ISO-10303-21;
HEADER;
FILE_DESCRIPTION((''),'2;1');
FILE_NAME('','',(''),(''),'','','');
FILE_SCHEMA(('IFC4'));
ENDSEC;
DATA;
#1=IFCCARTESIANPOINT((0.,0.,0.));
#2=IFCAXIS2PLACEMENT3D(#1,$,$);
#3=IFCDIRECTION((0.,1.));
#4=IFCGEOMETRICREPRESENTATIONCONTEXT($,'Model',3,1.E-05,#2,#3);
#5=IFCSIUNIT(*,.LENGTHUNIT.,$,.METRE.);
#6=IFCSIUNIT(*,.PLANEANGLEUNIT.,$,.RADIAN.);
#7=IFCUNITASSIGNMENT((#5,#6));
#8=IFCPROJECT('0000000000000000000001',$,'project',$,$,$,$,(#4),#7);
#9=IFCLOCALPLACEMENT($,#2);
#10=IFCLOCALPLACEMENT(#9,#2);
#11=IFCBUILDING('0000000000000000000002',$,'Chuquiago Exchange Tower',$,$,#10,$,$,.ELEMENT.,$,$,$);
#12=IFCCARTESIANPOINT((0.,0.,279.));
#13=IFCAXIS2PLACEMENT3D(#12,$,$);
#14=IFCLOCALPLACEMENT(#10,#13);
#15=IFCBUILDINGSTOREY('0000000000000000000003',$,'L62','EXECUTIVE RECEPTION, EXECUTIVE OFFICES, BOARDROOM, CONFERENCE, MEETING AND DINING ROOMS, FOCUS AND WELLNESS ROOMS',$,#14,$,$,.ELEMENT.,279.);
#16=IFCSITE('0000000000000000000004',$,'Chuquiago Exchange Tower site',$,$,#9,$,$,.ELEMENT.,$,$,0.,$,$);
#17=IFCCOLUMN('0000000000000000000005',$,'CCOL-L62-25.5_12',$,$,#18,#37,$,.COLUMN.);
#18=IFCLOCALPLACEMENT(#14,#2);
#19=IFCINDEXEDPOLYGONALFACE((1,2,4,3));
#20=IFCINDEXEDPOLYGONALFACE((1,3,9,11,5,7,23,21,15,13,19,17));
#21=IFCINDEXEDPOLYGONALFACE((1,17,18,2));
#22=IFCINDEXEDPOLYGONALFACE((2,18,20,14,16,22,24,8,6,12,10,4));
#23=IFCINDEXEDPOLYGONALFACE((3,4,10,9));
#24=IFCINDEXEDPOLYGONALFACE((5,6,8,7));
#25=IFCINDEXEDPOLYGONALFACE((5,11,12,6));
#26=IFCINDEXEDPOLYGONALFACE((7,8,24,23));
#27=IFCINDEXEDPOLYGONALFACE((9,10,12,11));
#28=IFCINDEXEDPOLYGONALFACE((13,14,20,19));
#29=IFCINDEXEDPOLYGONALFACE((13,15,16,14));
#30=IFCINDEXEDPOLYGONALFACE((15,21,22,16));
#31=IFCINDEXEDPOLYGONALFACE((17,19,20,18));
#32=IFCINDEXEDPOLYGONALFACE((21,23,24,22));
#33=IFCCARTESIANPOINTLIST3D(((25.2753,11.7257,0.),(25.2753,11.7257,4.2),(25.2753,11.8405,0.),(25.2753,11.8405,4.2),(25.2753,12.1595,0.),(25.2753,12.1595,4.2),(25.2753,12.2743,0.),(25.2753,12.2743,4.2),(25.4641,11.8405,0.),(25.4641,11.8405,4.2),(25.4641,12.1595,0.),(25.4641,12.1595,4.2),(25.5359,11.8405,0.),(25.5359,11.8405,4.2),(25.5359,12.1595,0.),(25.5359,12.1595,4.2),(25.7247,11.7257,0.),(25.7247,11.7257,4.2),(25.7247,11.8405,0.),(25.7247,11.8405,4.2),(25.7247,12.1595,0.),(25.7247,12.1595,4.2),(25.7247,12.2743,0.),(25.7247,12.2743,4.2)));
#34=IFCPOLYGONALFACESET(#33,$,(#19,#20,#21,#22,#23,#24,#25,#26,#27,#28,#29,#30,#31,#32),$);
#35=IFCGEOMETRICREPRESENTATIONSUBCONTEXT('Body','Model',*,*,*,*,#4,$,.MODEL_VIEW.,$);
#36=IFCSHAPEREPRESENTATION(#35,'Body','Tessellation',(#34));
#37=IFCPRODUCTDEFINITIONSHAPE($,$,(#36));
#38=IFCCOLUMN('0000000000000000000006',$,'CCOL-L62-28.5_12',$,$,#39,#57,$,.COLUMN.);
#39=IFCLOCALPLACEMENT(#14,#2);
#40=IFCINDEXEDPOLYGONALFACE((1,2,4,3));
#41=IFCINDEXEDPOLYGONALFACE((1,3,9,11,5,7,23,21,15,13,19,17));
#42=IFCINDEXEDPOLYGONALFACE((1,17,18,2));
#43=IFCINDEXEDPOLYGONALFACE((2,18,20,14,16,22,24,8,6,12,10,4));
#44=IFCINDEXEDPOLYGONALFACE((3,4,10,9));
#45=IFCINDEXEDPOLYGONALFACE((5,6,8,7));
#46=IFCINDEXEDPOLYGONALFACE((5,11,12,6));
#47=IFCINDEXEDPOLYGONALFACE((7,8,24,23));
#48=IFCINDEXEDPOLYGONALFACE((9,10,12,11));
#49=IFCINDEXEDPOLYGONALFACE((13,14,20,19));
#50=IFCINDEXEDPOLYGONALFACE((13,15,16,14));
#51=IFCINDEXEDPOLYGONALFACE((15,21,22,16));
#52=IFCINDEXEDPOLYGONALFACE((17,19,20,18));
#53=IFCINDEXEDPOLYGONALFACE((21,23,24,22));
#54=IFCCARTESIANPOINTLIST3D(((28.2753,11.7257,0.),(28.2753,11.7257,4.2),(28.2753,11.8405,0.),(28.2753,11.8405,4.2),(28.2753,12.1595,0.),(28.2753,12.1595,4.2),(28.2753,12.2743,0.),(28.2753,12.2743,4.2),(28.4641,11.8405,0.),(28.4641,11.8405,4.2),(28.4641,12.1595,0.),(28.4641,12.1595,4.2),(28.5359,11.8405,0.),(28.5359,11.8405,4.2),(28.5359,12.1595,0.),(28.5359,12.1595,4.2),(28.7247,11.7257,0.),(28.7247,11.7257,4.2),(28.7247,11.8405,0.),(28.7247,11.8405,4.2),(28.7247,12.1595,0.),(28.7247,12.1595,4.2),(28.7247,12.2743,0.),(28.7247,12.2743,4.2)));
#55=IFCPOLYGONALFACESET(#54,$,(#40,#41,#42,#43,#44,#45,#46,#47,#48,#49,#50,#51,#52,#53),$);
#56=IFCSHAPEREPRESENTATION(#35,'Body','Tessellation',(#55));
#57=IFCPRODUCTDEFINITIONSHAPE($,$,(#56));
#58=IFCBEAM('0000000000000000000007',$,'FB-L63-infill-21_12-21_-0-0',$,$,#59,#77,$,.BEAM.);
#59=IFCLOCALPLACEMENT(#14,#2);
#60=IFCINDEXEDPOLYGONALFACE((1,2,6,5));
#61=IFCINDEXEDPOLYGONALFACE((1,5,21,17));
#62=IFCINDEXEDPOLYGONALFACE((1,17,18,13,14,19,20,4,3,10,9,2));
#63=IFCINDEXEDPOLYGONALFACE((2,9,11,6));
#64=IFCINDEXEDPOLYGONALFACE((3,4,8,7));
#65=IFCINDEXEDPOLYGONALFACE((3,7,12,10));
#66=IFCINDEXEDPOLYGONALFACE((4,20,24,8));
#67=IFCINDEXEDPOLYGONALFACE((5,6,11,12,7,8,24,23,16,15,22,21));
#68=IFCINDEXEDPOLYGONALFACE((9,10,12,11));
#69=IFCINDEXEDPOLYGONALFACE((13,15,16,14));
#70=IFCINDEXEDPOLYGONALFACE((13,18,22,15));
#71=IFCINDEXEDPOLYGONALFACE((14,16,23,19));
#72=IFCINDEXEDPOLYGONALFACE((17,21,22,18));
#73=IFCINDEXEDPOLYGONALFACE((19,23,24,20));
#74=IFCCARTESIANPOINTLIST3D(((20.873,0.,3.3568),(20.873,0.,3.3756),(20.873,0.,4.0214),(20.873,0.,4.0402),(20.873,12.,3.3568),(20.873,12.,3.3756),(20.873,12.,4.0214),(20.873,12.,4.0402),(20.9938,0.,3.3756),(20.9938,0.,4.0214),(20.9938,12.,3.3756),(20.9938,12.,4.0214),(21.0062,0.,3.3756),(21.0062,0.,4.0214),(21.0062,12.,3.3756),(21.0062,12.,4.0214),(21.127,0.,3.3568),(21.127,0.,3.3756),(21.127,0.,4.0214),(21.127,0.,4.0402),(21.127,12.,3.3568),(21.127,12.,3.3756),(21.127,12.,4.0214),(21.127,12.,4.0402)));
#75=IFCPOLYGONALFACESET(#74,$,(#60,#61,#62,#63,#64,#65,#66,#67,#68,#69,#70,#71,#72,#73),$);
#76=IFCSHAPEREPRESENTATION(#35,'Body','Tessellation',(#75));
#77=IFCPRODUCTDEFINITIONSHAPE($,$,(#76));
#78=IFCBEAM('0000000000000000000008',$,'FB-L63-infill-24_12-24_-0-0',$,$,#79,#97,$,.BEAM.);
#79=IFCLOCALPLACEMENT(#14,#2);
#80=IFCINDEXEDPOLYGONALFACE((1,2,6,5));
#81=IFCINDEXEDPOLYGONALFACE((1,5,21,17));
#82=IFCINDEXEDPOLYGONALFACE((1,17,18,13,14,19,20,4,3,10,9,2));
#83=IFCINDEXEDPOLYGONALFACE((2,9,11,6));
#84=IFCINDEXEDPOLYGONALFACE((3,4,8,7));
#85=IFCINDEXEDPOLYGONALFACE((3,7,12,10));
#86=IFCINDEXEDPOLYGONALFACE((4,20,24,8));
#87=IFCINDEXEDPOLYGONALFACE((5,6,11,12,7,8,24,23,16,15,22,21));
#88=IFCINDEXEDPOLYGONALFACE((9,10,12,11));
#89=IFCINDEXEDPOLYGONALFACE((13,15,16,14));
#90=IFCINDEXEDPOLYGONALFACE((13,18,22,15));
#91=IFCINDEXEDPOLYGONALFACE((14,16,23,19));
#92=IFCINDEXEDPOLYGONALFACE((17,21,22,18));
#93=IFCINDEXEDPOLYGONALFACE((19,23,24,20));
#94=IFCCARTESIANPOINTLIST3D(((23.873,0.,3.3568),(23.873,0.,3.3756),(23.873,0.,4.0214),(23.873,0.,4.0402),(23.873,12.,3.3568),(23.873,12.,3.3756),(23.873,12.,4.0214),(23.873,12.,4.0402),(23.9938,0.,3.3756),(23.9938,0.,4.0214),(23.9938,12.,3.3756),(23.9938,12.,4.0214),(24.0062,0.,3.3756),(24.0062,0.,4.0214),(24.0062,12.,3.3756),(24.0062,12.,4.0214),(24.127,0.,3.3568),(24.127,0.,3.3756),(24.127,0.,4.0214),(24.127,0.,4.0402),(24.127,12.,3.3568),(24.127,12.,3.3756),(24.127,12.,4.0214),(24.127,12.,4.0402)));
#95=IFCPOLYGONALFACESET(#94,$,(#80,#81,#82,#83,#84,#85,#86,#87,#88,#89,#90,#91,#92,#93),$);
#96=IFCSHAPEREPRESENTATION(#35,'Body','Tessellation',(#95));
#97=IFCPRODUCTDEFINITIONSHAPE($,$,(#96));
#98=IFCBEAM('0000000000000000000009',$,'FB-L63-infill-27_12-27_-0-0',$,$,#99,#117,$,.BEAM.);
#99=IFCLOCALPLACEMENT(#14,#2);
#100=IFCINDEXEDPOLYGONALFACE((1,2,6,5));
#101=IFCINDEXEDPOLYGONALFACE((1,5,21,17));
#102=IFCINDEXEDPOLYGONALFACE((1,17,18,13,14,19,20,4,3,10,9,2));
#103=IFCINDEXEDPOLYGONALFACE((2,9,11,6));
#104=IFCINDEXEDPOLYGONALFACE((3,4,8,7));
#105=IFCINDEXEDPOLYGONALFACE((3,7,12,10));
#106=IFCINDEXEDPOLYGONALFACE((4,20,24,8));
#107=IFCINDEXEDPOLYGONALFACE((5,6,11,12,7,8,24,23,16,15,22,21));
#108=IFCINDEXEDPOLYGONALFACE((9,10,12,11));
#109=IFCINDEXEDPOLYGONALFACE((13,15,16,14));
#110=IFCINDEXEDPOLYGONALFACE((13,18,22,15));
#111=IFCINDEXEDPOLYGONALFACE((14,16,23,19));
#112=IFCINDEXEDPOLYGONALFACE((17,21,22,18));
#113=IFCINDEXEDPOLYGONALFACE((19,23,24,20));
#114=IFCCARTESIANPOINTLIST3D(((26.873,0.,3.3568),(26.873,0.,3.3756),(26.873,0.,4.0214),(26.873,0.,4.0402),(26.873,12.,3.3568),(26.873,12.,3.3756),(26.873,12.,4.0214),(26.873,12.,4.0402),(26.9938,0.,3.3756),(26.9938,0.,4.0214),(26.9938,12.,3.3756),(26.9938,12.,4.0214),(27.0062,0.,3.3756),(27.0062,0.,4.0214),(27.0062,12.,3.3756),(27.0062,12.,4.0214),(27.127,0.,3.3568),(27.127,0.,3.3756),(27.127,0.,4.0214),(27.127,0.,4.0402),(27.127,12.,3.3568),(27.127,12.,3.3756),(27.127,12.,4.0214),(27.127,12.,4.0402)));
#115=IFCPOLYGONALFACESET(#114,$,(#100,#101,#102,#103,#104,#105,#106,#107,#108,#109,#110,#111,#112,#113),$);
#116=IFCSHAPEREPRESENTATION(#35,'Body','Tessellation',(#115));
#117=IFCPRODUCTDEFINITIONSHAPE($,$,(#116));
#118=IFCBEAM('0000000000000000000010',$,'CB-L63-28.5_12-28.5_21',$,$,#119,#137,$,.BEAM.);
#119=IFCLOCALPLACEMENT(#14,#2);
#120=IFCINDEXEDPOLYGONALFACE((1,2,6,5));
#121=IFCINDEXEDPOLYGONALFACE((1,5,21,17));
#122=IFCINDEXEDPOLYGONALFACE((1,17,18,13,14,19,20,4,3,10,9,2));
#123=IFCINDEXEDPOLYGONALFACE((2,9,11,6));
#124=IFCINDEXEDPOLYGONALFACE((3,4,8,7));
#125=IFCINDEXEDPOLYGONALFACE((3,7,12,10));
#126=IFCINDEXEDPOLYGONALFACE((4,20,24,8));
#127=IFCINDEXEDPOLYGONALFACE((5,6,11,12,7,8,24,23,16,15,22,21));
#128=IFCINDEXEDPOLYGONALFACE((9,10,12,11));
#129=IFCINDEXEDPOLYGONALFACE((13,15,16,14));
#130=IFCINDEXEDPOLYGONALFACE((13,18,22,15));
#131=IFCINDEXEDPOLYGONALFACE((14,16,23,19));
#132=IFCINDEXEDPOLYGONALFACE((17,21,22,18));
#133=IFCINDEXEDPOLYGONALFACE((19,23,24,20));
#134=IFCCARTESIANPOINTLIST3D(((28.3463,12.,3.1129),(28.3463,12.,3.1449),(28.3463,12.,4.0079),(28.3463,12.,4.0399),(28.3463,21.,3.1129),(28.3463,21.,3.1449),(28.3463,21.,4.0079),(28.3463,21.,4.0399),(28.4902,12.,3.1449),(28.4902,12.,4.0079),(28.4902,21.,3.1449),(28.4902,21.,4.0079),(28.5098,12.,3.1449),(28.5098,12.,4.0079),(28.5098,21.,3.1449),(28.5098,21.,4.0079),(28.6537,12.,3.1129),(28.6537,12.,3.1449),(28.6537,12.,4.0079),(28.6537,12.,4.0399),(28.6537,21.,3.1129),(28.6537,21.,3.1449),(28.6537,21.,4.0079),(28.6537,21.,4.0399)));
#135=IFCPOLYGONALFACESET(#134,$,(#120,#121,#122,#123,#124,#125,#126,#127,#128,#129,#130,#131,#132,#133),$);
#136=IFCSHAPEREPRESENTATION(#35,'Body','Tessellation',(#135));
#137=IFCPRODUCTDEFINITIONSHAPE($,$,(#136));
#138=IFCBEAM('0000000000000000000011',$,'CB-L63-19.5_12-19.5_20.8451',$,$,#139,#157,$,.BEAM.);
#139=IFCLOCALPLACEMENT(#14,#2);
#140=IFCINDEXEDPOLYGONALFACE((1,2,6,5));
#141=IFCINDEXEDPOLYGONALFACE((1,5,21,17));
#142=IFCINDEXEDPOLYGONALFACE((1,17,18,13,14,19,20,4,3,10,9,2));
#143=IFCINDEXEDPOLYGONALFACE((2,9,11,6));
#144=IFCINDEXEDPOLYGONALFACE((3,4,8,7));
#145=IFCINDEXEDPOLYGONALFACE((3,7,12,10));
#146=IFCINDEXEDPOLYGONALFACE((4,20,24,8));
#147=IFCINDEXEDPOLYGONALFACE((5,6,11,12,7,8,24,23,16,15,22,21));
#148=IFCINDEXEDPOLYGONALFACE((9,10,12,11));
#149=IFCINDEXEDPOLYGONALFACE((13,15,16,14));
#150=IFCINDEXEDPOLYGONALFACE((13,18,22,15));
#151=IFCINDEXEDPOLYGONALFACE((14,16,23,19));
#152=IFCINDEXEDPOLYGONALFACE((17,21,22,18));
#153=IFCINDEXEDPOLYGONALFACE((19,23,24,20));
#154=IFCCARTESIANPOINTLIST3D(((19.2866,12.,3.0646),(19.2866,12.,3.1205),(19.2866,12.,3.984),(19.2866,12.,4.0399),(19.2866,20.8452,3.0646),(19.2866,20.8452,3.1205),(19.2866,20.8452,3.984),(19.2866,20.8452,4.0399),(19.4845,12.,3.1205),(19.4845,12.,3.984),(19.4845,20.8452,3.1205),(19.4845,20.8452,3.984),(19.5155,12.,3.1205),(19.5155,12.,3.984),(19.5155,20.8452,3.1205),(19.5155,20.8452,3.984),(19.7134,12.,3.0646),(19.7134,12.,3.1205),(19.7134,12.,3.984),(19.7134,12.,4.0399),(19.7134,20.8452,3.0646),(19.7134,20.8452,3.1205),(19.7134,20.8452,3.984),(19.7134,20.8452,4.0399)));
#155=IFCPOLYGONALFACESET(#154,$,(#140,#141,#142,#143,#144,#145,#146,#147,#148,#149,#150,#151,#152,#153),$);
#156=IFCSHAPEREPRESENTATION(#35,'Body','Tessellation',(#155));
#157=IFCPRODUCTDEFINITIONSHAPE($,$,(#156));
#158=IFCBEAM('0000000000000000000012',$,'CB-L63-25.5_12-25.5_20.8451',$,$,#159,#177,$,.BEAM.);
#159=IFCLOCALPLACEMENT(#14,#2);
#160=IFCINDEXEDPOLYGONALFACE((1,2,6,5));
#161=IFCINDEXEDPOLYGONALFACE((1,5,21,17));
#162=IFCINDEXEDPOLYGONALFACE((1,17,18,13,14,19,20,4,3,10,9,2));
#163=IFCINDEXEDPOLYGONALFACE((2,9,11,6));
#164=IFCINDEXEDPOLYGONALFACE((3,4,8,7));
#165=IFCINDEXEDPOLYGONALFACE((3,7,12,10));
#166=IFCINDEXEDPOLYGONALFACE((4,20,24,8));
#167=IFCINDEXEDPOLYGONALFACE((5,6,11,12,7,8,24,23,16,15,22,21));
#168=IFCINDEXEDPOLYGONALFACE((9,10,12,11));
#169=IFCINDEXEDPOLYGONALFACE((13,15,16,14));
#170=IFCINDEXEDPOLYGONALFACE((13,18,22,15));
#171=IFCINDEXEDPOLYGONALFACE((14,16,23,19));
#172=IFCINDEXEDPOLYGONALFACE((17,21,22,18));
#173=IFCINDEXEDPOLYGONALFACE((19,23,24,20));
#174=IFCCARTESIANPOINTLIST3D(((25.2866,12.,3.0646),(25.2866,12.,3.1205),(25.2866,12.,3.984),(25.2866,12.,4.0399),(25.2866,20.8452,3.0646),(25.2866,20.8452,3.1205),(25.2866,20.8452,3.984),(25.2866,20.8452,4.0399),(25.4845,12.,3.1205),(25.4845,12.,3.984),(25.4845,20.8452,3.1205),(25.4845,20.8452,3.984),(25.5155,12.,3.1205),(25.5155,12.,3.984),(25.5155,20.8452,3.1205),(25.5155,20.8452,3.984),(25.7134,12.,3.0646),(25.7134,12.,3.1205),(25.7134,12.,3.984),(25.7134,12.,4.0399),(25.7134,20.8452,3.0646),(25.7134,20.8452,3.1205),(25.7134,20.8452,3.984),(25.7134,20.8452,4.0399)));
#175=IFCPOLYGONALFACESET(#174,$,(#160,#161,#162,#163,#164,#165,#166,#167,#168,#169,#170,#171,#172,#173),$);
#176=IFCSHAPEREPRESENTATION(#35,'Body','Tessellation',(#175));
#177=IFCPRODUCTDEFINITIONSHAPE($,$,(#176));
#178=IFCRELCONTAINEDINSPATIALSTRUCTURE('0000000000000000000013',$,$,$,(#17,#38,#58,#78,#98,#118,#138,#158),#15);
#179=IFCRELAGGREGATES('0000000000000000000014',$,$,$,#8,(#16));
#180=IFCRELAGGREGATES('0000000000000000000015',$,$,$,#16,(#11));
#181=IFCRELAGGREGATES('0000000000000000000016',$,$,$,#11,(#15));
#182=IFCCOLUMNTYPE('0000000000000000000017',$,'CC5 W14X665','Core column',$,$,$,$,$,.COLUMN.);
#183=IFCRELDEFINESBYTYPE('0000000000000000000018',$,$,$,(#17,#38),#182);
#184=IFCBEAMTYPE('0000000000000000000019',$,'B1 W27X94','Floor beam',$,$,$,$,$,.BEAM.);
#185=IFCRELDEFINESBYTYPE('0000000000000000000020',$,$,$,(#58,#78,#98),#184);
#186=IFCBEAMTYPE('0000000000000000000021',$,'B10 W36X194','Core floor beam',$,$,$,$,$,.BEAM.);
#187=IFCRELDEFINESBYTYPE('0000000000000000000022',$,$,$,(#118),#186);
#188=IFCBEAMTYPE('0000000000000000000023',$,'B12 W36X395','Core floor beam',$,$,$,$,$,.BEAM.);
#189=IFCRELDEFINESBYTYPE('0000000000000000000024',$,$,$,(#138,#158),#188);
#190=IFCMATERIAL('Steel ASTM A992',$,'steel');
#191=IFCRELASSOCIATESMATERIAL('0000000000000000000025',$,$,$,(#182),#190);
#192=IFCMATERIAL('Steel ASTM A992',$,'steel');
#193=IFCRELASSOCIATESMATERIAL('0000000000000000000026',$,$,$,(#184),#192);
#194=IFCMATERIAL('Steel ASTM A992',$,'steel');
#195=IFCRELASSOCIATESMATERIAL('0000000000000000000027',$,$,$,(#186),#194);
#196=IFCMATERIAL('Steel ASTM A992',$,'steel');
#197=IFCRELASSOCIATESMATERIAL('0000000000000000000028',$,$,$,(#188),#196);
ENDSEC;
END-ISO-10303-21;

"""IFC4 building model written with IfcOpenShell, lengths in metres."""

from ifc_helpers import new_model, si_unit, direction, frame, origin, origin_2d, place, context, subcontext, project, spatial, i_section, extrude, material, material_profile, profile_set, type_object, element, save


model = new_model("IFC4")

# Units and contexts
model_context = context("Model", 3, precision=1e-05, world=origin(), true_north=direction((0.0, 1.0)))
body_context = subcontext(model_context, "Body", "Model", "MODEL_VIEW")
ifc_project = project(units=[si_unit("LENGTHUNIT", "METRE"), si_unit("PLANEANGLEUNIT", "RADIAN")], contexts=[model_context])

# Site, building, storey
site_placement = place(None, origin())
site = spatial("IfcSite", under=ifc_project, at=site_placement, Name="Chuquiago Exchange Tower site", CompositionType="ELEMENT", RefElevation=0.0)
building_placement = place(site_placement, origin())
building = spatial("IfcBuilding", under=site, at=building_placement, Name="Chuquiago Exchange Tower", CompositionType="ELEMENT")
storey_placement = place(building_placement, frame((0.0, 0.0, 279.0)))
storey = spatial("IfcBuildingStorey", under=building, at=storey_placement, Name="L62", Description="EXECUTIVE RECEPTION, EXECUTIVE OFFICES, BOARDROOM, CONFERENCE, MEETING AND DINING ROOMS, FOCUS AND WELLNESS ROOMS", CompositionType="ELEMENT", Elevation=279.0)

# Columns
ifc_material_1 = material(Name="Steel ASTM A992", Category="steel")
ifc_material_profile_1 = material_profile(ifc_material_1, i_section(OverallWidth=0.4495, OverallDepth=0.5486, WebThickness=0.0718, FlangeThickness=0.1147, at=origin_2d()), Name="W14X665")
ifc_profile_set_1 = profile_set([ifc_material_profile_1], Name="Steel ASTM A992")
column_type = type_object("IfcColumnType", Name="CC5 W14X665", Description="Core column", PredefinedType="COLUMN", material=ifc_profile_set_1)
for number, where, z_axis, x_axis, name in (
    (1, (25.5, 12.0, 0.0), (0.0, 0.0, 1.0), (1.0, 0.0, 0.0), "CCOL-L62-25.5_12"),
    (2, (28.5, 12.0, 0.0), (0.0, 0.0, 1.0), (1.0, 0.0, 0.0), "CCOL-L62-28.5_12"),
):
    element("IfcColumn", number, at=place(storey_placement, frame(where, z_axis=z_axis, x_axis=x_axis)), inside=storey, type_object=column_type, Name=name, PredefinedType="COLUMN", context=body_context, shape_type="SweptSolid", body=[
        extrude(i_section(OverallWidth=0.4495, OverallDepth=0.5486, WebThickness=0.0718, FlangeThickness=0.1147, at=origin_2d()), origin(), (0.0, 0.0, 1.0), 4.2),
    ])

# Beams
ifc_material_2 = material(Name="Steel ASTM A992", Category="steel")
ifc_material_profile_2 = material_profile(ifc_material_2, i_section(OverallWidth=0.2539, OverallDepth=0.6833, WebThickness=0.0125, FlangeThickness=0.0188, at=origin_2d()), Name="W27X94")
ifc_profile_set_2 = profile_set([ifc_material_profile_2], Name="Steel ASTM A992")
beam_type_1 = type_object("IfcBeamType", Name="B1 W27X94", Description="Floor beam", PredefinedType="BEAM", material=ifc_profile_set_2)
for number, where, z_axis, x_axis, name in (
    (3, (21.0, 12.0, 3.6985), (0.0, -1.0, 0.0), (1.0, 0.0, 0.0), "FB-L63-infill-21_12-21_-0-0"),
    (4, (24.0, 12.0, 3.6985), (0.0, -1.0, 0.0), (1.0, 0.0, 0.0), "FB-L63-infill-24_12-24_-0-0"),
    (5, (27.0, 12.0, 3.6985), (0.0, -1.0, 0.0), (1.0, 0.0, 0.0), "FB-L63-infill-27_12-27_-0-0"),
):
    element("IfcBeam", number, at=place(storey_placement, frame(where, z_axis=z_axis, x_axis=x_axis)), inside=storey, type_object=beam_type_1, Name=name, PredefinedType="BEAM", context=body_context, shape_type="SweptSolid", body=[
        extrude(i_section(OverallWidth=0.2539, OverallDepth=0.6833, WebThickness=0.0125, FlangeThickness=0.0188, at=origin_2d()), origin(), (0.0, 0.0, 1.0), 12.0),
    ])
ifc_material_3 = material(Name="Steel ASTM A992", Category="steel")
ifc_material_profile_3 = material_profile(ifc_material_3, i_section(OverallWidth=0.3074, OverallDepth=0.927, WebThickness=0.0195, FlangeThickness=0.032, at=origin_2d()), Name="W36X194")
ifc_profile_set_3 = profile_set([ifc_material_profile_3], Name="Steel ASTM A992")
beam_type_2 = type_object("IfcBeamType", Name="B10 W36X194", Description="Core floor beam", PredefinedType="BEAM", material=ifc_profile_set_3)
beam_1_placement = place(storey_placement, frame((28.5, 12.0, 3.5764), z_axis=(0.0, 1.0, 0.0), x_axis=(-1.0, 0.0, 0.0)))
element("IfcBeam", 6, at=beam_1_placement, inside=storey, type_object=beam_type_2, Name="CB-L63-28.5_12-28.5_21", PredefinedType="BEAM", context=body_context, shape_type="SweptSolid", body=[
    extrude(i_section(OverallWidth=0.3074, OverallDepth=0.927, WebThickness=0.0195, FlangeThickness=0.032, at=origin_2d()), origin(), (0.0, 0.0, 1.0), 9.0),
])
ifc_material_4 = material(Name="Steel ASTM A992", Category="steel")
ifc_material_profile_4 = material_profile(ifc_material_4, i_section(OverallWidth=0.4268, OverallDepth=0.9753, WebThickness=0.031, FlangeThickness=0.0559, at=origin_2d()), Name="W36X395")
ifc_profile_set_4 = profile_set([ifc_material_profile_4], Name="Steel ASTM A992")
beam_type_3 = type_object("IfcBeamType", Name="B12 W36X395", Description="Core floor beam", PredefinedType="BEAM", material=ifc_profile_set_4)
for number, where, z_axis, x_axis, name in (
    (7, (19.5, 12.0, 3.5522), (0.0, 1.0, 0.0), (-1.0, 0.0, 0.0), "CB-L63-19.5_12-19.5_20.8451"),
    (8, (25.5, 12.0, 3.5522), (0.0, 1.0, 0.0), (-1.0, 0.0, 0.0), "CB-L63-25.5_12-25.5_20.8451"),
):
    element("IfcBeam", number, at=place(storey_placement, frame(where, z_axis=z_axis, x_axis=x_axis)), inside=storey, type_object=beam_type_3, Name=name, PredefinedType="BEAM", context=body_context, shape_type="SweptSolid", body=[
        extrude(i_section(OverallWidth=0.4268, OverallDepth=0.9753, WebThickness=0.031, FlangeThickness=0.0559, at=origin_2d()), origin(), (0.0, 0.0, 1.0), 8.8452),
    ])

save(model, "model.ifc")
